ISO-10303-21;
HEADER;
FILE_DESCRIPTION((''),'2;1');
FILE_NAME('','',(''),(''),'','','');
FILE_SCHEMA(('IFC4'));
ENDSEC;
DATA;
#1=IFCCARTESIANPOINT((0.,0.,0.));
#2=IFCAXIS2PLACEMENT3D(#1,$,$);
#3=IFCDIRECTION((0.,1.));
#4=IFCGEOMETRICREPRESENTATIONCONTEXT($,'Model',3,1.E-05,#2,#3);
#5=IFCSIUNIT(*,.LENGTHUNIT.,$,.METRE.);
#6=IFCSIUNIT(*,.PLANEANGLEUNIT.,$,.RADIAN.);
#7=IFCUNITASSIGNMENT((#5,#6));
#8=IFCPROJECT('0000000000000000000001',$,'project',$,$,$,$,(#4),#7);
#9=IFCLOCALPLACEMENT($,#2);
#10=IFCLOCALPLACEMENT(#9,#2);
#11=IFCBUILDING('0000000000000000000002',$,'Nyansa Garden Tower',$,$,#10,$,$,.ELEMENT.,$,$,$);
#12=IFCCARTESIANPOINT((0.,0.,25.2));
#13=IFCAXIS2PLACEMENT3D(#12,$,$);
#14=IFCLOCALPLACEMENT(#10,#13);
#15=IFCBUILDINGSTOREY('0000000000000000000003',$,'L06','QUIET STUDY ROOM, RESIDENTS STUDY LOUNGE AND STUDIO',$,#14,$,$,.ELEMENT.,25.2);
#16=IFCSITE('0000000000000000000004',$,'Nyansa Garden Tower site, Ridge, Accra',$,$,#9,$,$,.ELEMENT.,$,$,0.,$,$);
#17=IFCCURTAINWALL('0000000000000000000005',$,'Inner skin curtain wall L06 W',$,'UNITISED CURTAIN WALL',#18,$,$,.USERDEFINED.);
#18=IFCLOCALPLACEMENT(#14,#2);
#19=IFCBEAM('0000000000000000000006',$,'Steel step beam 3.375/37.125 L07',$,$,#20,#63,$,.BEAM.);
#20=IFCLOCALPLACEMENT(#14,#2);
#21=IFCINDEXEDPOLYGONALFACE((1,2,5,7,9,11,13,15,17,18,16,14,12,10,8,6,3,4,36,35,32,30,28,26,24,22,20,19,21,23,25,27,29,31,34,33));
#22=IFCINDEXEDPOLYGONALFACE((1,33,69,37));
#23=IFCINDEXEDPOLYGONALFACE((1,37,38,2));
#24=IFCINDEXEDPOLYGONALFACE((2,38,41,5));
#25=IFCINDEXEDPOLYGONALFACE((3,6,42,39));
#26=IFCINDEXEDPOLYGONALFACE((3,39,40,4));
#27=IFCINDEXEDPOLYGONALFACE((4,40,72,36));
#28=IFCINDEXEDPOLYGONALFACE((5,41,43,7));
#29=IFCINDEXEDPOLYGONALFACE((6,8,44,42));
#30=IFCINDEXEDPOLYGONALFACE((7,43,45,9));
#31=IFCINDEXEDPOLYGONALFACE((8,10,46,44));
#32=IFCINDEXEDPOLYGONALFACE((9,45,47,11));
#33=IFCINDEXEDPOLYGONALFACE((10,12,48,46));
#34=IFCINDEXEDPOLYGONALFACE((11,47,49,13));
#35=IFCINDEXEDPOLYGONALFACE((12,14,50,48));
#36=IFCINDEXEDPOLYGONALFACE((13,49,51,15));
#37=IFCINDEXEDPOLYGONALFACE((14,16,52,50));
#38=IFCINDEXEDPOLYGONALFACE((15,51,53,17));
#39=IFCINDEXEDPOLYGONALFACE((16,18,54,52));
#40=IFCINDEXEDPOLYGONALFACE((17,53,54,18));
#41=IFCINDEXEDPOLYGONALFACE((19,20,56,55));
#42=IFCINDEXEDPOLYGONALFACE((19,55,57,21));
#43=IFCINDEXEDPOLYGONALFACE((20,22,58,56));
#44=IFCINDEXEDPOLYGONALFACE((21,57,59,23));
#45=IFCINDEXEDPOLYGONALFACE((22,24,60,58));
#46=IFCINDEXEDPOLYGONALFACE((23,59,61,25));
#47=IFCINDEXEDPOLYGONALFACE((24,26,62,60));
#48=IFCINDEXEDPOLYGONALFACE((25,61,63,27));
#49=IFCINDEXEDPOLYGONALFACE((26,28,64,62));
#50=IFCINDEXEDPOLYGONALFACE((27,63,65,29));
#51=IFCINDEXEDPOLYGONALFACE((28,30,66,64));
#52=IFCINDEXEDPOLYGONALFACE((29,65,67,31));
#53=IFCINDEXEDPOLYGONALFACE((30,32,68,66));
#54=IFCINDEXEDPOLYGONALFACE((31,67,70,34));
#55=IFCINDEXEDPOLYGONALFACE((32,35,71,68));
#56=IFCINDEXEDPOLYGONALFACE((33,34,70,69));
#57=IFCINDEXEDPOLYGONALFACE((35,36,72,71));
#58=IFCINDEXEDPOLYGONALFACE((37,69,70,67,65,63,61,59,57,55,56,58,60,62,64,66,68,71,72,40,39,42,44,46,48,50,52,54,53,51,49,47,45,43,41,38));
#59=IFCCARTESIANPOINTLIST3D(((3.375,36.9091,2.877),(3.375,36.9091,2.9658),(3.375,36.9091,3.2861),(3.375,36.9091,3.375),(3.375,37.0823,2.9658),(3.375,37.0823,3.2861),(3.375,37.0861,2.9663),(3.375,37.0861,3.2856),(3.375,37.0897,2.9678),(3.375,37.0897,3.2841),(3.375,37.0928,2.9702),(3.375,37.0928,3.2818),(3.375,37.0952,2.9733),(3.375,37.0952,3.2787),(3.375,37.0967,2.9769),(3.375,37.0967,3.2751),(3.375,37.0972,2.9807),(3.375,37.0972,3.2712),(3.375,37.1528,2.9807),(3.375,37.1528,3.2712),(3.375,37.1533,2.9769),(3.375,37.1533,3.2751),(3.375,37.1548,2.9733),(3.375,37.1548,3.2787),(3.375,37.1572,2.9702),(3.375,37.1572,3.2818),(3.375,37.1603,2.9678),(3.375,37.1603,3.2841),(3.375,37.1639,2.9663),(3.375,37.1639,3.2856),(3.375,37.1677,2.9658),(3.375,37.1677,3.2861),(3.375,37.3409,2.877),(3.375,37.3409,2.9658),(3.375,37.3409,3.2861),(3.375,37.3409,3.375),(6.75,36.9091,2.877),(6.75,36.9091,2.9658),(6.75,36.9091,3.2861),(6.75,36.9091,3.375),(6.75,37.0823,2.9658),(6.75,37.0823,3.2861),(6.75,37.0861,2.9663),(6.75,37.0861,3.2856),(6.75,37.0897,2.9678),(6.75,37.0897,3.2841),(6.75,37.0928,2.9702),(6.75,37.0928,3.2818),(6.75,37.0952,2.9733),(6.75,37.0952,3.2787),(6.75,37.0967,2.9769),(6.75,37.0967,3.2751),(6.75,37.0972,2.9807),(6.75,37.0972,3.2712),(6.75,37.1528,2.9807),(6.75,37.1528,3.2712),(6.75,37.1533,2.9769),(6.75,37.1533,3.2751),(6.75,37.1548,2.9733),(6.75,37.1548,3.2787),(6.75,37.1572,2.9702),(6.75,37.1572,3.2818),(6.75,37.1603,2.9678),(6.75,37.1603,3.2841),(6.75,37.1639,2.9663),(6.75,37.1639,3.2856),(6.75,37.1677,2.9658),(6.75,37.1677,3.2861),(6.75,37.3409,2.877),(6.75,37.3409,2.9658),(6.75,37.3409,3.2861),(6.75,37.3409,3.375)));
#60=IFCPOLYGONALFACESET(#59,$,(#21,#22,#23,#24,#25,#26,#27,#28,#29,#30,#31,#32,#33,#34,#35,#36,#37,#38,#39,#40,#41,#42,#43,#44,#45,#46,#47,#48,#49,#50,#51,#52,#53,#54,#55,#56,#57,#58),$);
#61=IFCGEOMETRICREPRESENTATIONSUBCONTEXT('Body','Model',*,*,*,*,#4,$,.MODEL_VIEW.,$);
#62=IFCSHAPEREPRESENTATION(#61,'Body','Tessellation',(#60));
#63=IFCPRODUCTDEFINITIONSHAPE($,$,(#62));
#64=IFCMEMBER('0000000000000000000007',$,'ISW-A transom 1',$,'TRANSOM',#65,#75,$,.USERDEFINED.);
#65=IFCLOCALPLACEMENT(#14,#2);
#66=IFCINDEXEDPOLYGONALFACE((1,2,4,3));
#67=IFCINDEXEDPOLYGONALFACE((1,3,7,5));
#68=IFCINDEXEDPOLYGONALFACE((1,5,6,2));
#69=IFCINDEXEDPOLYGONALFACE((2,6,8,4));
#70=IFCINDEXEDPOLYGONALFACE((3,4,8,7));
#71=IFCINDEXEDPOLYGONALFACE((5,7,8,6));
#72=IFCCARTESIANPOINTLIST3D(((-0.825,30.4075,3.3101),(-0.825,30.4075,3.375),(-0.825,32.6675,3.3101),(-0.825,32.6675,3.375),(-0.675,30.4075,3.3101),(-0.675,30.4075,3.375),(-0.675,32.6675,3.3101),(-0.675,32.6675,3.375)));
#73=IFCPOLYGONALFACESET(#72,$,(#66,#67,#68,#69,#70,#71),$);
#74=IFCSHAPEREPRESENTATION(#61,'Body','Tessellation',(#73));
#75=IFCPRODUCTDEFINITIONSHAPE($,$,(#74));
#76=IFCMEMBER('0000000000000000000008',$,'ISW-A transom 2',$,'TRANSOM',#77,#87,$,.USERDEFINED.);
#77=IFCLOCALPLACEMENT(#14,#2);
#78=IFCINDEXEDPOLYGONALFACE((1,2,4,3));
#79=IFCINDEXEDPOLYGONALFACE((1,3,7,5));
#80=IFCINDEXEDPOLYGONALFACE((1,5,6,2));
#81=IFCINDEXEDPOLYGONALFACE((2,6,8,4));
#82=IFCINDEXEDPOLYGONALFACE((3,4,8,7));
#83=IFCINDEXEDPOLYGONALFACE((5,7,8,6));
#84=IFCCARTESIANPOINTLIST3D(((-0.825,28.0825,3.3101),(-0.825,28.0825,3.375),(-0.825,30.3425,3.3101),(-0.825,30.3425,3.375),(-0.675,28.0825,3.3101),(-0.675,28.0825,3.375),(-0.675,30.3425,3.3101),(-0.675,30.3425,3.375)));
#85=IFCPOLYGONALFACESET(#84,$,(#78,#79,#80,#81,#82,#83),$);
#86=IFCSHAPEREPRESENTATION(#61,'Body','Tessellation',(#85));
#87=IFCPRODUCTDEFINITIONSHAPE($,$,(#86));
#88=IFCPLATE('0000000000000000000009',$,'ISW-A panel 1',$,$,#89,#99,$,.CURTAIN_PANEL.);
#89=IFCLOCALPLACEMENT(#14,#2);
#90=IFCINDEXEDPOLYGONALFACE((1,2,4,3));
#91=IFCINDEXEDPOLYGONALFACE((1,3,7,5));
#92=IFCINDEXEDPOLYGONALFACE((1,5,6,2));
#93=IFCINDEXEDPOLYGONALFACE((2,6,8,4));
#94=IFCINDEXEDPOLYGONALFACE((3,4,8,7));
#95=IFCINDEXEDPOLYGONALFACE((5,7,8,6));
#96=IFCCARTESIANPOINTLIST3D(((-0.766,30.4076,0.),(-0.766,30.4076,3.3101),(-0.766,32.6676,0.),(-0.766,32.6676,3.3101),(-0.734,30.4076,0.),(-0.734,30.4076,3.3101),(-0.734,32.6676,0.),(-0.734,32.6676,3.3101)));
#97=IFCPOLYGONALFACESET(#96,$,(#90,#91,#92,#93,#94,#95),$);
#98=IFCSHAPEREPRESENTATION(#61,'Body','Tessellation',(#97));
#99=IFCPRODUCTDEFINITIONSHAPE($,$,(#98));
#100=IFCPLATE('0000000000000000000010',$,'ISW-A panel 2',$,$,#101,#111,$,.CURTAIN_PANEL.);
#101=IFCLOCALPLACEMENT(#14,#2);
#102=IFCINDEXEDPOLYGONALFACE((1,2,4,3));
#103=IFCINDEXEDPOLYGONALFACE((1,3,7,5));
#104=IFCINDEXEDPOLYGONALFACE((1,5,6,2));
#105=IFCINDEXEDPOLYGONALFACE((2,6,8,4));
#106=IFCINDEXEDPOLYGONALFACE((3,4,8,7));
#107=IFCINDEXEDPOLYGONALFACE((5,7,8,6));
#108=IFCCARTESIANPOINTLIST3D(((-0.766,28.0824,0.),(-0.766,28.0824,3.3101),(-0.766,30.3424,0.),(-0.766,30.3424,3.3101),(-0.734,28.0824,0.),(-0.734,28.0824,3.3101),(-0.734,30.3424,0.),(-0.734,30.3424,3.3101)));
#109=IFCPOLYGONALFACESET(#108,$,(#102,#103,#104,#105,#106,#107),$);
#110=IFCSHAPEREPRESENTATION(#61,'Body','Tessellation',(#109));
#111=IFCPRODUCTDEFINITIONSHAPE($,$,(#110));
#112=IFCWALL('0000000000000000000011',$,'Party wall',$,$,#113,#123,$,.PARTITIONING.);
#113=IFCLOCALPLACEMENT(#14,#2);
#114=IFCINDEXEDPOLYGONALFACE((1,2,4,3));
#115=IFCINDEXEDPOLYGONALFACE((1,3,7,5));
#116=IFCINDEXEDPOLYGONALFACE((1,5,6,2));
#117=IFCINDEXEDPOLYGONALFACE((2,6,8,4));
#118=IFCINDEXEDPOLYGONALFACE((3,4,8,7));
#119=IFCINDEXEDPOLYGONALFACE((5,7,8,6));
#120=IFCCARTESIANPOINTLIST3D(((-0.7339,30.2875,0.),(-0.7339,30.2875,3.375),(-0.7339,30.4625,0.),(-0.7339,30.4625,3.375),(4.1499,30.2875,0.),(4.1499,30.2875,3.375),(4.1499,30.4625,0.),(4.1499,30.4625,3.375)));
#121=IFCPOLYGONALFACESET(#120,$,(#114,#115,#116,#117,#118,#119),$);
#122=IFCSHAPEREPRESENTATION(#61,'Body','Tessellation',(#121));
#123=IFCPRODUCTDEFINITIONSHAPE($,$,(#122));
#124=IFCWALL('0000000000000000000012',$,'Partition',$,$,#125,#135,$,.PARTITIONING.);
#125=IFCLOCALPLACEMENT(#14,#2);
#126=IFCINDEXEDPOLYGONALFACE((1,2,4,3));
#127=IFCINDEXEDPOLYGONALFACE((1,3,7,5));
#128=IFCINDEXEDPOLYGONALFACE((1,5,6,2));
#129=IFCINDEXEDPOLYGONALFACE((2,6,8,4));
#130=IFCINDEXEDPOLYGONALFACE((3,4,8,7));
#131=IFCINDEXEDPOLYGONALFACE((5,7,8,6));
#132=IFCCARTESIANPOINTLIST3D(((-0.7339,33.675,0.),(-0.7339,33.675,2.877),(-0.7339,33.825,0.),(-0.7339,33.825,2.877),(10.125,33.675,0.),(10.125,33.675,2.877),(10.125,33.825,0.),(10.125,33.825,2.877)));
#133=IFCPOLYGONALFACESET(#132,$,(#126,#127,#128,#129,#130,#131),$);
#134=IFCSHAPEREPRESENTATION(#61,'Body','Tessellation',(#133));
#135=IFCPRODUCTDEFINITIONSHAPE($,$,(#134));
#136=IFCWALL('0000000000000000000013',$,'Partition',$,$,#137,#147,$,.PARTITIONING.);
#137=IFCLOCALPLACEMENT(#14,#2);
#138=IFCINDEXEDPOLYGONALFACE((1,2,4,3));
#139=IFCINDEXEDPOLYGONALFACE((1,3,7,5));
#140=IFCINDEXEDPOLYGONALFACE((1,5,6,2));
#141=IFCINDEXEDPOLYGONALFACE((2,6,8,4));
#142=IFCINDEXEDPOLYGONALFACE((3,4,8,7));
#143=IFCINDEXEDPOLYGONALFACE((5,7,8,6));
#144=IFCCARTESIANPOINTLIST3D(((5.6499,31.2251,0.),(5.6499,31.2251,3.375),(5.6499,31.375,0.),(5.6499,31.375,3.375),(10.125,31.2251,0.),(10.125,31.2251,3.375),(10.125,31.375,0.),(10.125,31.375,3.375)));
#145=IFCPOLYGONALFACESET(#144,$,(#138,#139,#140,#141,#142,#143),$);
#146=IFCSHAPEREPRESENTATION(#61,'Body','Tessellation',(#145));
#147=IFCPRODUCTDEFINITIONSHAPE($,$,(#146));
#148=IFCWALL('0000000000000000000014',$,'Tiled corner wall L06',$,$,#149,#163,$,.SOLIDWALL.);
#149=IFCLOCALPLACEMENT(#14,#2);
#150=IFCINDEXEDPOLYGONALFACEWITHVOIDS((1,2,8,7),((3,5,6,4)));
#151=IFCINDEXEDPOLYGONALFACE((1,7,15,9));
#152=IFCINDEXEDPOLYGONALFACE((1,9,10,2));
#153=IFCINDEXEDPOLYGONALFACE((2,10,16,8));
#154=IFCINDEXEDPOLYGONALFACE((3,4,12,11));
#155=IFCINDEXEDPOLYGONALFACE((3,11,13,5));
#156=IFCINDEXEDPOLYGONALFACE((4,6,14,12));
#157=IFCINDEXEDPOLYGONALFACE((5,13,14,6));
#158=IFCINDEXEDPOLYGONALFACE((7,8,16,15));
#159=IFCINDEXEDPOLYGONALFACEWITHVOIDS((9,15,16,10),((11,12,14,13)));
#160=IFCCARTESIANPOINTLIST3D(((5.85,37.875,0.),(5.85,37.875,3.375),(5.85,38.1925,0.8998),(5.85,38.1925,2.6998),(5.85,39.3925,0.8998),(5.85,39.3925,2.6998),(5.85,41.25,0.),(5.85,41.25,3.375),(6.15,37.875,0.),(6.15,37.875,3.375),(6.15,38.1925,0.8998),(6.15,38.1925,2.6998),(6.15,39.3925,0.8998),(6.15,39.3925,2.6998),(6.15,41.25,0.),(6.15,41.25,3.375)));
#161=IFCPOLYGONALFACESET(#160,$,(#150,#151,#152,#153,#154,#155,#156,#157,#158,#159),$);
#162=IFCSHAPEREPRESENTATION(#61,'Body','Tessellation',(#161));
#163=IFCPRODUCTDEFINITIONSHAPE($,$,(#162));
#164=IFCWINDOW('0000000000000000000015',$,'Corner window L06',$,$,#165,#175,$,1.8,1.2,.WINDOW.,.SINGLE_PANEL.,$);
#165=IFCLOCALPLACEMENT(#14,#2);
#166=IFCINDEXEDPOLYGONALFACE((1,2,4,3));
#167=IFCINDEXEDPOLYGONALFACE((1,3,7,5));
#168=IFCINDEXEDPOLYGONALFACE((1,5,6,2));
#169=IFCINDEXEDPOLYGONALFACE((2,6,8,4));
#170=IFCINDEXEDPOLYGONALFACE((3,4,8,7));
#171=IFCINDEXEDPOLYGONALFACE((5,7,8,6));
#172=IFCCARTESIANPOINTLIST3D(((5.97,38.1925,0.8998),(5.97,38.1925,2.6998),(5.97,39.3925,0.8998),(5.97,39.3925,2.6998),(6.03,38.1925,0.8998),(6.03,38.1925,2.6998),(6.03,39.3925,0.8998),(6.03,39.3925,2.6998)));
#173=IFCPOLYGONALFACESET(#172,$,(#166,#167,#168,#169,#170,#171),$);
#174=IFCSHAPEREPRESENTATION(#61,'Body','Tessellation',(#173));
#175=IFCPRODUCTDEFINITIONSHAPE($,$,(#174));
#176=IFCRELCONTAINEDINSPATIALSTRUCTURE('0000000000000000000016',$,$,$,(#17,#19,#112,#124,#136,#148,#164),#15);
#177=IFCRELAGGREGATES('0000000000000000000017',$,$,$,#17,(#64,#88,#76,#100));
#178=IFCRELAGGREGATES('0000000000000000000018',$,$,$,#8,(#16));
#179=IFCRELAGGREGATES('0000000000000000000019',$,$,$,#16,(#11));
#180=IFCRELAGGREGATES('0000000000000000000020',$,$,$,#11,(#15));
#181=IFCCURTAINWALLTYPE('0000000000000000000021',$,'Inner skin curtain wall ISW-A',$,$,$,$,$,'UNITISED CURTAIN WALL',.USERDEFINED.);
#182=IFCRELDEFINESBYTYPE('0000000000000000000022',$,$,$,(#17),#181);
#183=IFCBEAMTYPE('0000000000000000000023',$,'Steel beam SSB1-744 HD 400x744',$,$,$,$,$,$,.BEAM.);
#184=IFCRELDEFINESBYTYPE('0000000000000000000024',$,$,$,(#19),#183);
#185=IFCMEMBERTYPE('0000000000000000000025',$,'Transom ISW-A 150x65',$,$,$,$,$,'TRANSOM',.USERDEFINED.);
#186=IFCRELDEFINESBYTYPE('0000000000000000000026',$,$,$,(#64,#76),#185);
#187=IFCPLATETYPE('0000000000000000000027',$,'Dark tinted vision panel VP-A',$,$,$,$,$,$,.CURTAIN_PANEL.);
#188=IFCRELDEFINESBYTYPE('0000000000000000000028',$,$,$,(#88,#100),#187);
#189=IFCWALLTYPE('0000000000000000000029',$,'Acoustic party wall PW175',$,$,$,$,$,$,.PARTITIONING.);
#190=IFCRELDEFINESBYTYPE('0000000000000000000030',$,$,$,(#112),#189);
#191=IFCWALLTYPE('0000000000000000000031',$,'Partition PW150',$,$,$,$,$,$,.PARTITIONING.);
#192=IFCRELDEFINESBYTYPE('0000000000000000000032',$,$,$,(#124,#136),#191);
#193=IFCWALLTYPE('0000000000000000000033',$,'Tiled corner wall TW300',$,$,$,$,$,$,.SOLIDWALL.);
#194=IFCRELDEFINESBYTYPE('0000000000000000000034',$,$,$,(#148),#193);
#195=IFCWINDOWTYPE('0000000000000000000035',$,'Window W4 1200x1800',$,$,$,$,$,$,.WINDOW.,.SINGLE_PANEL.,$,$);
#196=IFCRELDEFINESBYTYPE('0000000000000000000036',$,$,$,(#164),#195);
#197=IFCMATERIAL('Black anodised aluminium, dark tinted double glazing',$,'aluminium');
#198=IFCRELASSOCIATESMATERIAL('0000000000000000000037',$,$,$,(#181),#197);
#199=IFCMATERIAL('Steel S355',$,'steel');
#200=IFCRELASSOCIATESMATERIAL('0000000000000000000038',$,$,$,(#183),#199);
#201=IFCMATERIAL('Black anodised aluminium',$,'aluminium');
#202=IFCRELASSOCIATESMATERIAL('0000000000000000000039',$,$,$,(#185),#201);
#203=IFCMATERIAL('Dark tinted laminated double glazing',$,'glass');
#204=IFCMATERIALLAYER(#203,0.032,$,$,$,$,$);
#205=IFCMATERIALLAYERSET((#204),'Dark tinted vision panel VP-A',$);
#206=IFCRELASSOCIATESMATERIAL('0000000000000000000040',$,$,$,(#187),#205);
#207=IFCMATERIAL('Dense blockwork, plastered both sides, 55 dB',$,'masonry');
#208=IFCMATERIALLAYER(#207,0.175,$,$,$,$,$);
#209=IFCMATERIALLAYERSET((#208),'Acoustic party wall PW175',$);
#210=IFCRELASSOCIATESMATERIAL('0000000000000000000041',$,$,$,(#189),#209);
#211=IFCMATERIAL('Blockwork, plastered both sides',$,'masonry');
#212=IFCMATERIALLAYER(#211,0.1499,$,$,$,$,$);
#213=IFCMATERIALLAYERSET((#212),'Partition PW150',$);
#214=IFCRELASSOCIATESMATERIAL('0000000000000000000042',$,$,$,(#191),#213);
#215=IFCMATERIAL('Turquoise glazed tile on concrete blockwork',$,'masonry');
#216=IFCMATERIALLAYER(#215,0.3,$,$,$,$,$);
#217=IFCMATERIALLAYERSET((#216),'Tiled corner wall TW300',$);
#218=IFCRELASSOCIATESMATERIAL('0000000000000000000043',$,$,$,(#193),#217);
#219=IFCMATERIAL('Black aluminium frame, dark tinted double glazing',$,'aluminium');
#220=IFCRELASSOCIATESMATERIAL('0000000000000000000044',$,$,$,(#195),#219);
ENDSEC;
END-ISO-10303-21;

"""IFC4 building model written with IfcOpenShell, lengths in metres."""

from ifc_helpers import new_model, si_unit, direction, frame, frame_2d, origin, origin_2d, place, context, subcontext, project, spatial, rectangle, i_section, extrude, material, layer, layer_set, material_profile, profile_set, type_object, element, fill, aggregate, save


model = new_model("IFC4")

# Units and contexts
model_context = context("Model", 3, precision=1e-05, world=origin(), true_north=direction((0.0, 1.0)))
body_context = subcontext(model_context, "Body", "Model", "MODEL_VIEW")
ifc_project = project(units=[si_unit("LENGTHUNIT", "METRE"), si_unit("PLANEANGLEUNIT", "RADIAN")], contexts=[model_context])

# Site, building, storey
site_placement = place(None, origin())
site = spatial("IfcSite", under=ifc_project, at=site_placement, Name="Nyansa Garden Tower site, Ridge, Accra", CompositionType="ELEMENT", RefElevation=0.0)
building_placement = place(site_placement, origin())
building = spatial("IfcBuilding", under=site, at=building_placement, Name="Nyansa Garden Tower", CompositionType="ELEMENT")
storey_placement = place(building_placement, frame((0.0, 0.0, 25.2)))
storey = spatial("IfcBuildingStorey", under=building, at=storey_placement, Name="L06", Description="QUIET STUDY ROOM, RESIDENTS STUDY LOUNGE AND STUDIO", CompositionType="ELEMENT", Elevation=25.2)

# Curtain wall
ifc_material_1 = material(Name="Black anodised aluminium, dark tinted double glazing", Category="aluminium")
curtain_wall_type = type_object("IfcCurtainWallType", Name="Inner skin curtain wall ISW-A", ElementType="UNITISED CURTAIN WALL", PredefinedType="USERDEFINED", material=ifc_material_1)
curtain_wall_placement = place(storey_placement, origin())
curtain_wall = element("IfcCurtainWall", 1, at=curtain_wall_placement, inside=storey, type_object=curtain_wall_type, Name="Inner skin curtain wall L06 W", ObjectType="UNITISED CURTAIN WALL", PredefinedType="USERDEFINED")

# Beam
ifc_material_2 = material(Name="Steel S355", Category="steel")
ifc_material_profile_1 = material_profile(ifc_material_2, i_section(OverallWidth=0.4319, OverallDepth=0.498, WebThickness=0.0557, FlangeThickness=0.0889, FilletRadius=0.0149, at=origin_2d()), Name="HD 400x744")
ifc_profile_set_1 = profile_set([ifc_material_profile_1], Name="Steel S355")
beam_type_1 = type_object("IfcBeamType", Name="Steel beam SSB1-744 HD 400x744", PredefinedType="BEAM", material=ifc_profile_set_1)
for number, where, z_axis, x_axis, name in (
    (2, (3.375, 37.125, 3.126), (1.0, 0.0, 0.0), (0.0, 1.0, 0.0), "Steel step beam 3.375/37.125 L07"),
):
    element("IfcBeam", number, at=place(storey_placement, frame(where, z_axis=z_axis, x_axis=x_axis)), inside=storey, type_object=beam_type_1, Name=name, PredefinedType="BEAM", context=body_context, shape_type="SweptSolid", body=[
        extrude(i_section(OverallWidth=0.4319, OverallDepth=0.498, WebThickness=0.0557, FlangeThickness=0.0889, FilletRadius=0.0149, at=origin_2d()), origin(), (0.0, 0.0, 1.0), 3.375),
    ])

# Members
ifc_material_3 = material(Name="Black anodised aluminium", Category="aluminium")
ifc_material_profile_2 = material_profile(ifc_material_3, rectangle(XDim=0.1499, YDim=0.0649, at=origin_2d()), Name="Transom 150x65")
ifc_profile_set_2 = profile_set([ifc_material_profile_2], Name="Black anodised aluminium")
member_type_1 = type_object("IfcMemberType", Name="Transom ISW-A 150x65", ElementType="TRANSOM", PredefinedType="USERDEFINED", material=ifc_profile_set_2)
member_1_placement = place(storey_placement, frame((-0.75, 32.6675, 3.3425), z_axis=(0.0, -1.0, 0.0), x_axis=(1.0, 0.0, 0.0)))
member_1 = element("IfcMember", 3, at=member_1_placement, type_object=member_type_1, Name="ISW-A transom 1", ObjectType="TRANSOM", PredefinedType="USERDEFINED", context=body_context, shape_type="SweptSolid", body=[
    extrude(rectangle(XDim=0.1499, YDim=0.0649, at=origin_2d()), origin(), (0.0, 0.0, 1.0), 2.26),
])
member_2_placement = place(storey_placement, frame((-0.75, 30.3425, 3.3425), z_axis=(0.0, -1.0, 0.0), x_axis=(1.0, 0.0, 0.0)))
member_2 = element("IfcMember", 4, at=member_2_placement, type_object=member_type_1, Name="ISW-A transom 2", ObjectType="TRANSOM", PredefinedType="USERDEFINED", context=body_context, shape_type="SweptSolid", body=[
    extrude(rectangle(XDim=0.1499, YDim=0.0649, at=origin_2d()), origin(), (0.0, 0.0, 1.0), 2.26),
])

# Plates
ifc_material_4 = material(Name="Dark tinted laminated double glazing", Category="glass")
ifc_layer_1 = layer(ifc_material_4, 0.032)
ifc_layer_set_1 = layer_set([ifc_layer_1], Name="Dark tinted vision panel VP-A")
plate_type = type_object("IfcPlateType", Name="Dark tinted vision panel VP-A", PredefinedType="CURTAIN_PANEL", material=ifc_layer_set_1)
plate_1_placement = place(storey_placement, frame((-0.75, 31.5376, 0.0), z_axis=(0.0, 0.0, 1.0), x_axis=(0.0, -1.0, 0.0)))
plate_1 = element("IfcPlate", 5, at=plate_1_placement, type_object=plate_type, Name="ISW-A panel 1", PredefinedType="CURTAIN_PANEL", context=body_context, shape_type="SweptSolid", body=[
    extrude(rectangle(XDim=2.26, YDim=0.032, at=origin_2d()), origin(), (0.0, 0.0, 1.0), 3.3101),
])
plate_2_placement = place(storey_placement, frame((-0.75, 29.2124, 0.0), z_axis=(0.0, 0.0, 1.0), x_axis=(0.0, -1.0, 0.0)))
plate_2 = element("IfcPlate", 6, at=plate_2_placement, type_object=plate_type, Name="ISW-A panel 2", PredefinedType="CURTAIN_PANEL", context=body_context, shape_type="SweptSolid", body=[
    extrude(rectangle(XDim=2.26, YDim=0.032, at=origin_2d()), origin(), (0.0, 0.0, 1.0), 3.3101),
])
aggregate(curtain_wall, [member_1, plate_1, member_2, plate_2])

# Walls
ifc_material_5 = material(Name="Dense blockwork, plastered both sides, 55 dB", Category="masonry")
ifc_layer_2 = layer(ifc_material_5, 0.175)
ifc_layer_set_2 = layer_set([ifc_layer_2], Name="Acoustic party wall PW175")
wall_type_1 = type_object("IfcWallType", Name="Acoustic party wall PW175", PredefinedType="PARTITIONING", material=ifc_layer_set_2)
wall_1_placement = place(storey_placement, frame((-0.7339, 30.375, 0.0), z_axis=(0.0, 0.0, 1.0), x_axis=(1.0, 0.0, 0.0)))
element("IfcWall", 7, at=wall_1_placement, inside=storey, type_object=wall_type_1, Name="Party wall", PredefinedType="PARTITIONING", context=body_context, shape_type="SweptSolid", body=[
    extrude(rectangle(XDim=4.8838, YDim=0.175, at=frame_2d((2.4419, 0.0))), origin(), (0.0, 0.0, 1.0), 3.375),
])
ifc_material_6 = material(Name="Blockwork, plastered both sides", Category="masonry")
ifc_layer_3 = layer(ifc_material_6, 0.1499)
ifc_layer_set_3 = layer_set([ifc_layer_3], Name="Partition PW150")
wall_type_2 = type_object("IfcWallType", Name="Partition PW150", PredefinedType="PARTITIONING", material=ifc_layer_set_3)
wall_2_placement = place(storey_placement, frame((-0.7339, 33.75, 0.0), z_axis=(0.0, 0.0, 1.0), x_axis=(1.0, 0.0, 0.0)))
element("IfcWall", 8, at=wall_2_placement, inside=storey, type_object=wall_type_2, Name="Partition", PredefinedType="PARTITIONING", context=body_context, shape_type="SweptSolid", body=[
    extrude(rectangle(XDim=10.8589, YDim=0.1499, at=frame_2d((5.4294, 0.0))), origin(), (0.0, 0.0, 1.0), 2.877),
])
wall_3_placement = place(storey_placement, frame((5.6499, 31.3, 0.0), z_axis=(0.0, 0.0, 1.0), x_axis=(1.0, 0.0, 0.0)))
element("IfcWall", 9, at=wall_3_placement, inside=storey, type_object=wall_type_2, Name="Partition", PredefinedType="PARTITIONING", context=body_context, shape_type="SweptSolid", body=[
    extrude(rectangle(XDim=4.4751, YDim=0.1499, at=frame_2d((2.2375, 0.0))), origin(), (0.0, 0.0, 1.0), 3.375),
])

# Wall, opening, window
ifc_material_7 = material(Name="Turquoise glazed tile on concrete blockwork", Category="masonry")
ifc_layer_4 = layer(ifc_material_7, 0.3)
ifc_layer_set_4 = layer_set([ifc_layer_4], Name="Tiled corner wall TW300")
wall_type_3 = type_object("IfcWallType", Name="Tiled corner wall TW300", PredefinedType="SOLIDWALL", material=ifc_layer_set_4)
wall_4_placement = place(storey_placement, frame((6.0, 41.25, 0.0), z_axis=(0.0, 0.0, 1.0), x_axis=(0.0, -1.0, 0.0)))
wall_4 = element("IfcWall", 10, at=wall_4_placement, inside=storey, type_object=wall_type_3, Name="Tiled corner wall L06", PredefinedType="SOLIDWALL", context=body_context, shape_type="SweptSolid", body=[
    extrude(rectangle(XDim=3.375, YDim=0.3, at=frame_2d((1.6875, 0.0))), origin(), (0.0, 0.0, 1.0), 3.375),
])
opening_1_placement = place(wall_4_placement, frame((1.8574, 0.0, 0.8999)))
opening_1 = element("IfcOpeningElement", 11, at=opening_1_placement, cuts=wall_4, PredefinedType="OPENING", context=body_context, shape_type="SweptSolid", body=[
    extrude(rectangle(XDim=1.2, YDim=1.8, at=frame_2d((0.6001, 0.8999))), frame((0.0, 0.1599, 0.0), z_axis=(0.0, -1.0, 0.0), x_axis=(1.0, 0.0, 0.0)), (0.0, 0.0, 1.0), 0.3201),
])
ifc_material_8 = material(Name="Black aluminium frame, dark tinted double glazing", Category="aluminium")
window_type_1 = type_object("IfcWindowType", Name="Window W4 1200x1800", PartitioningType="SINGLE_PANEL", PredefinedType="WINDOW", material=ifc_material_8)
window_1_placement = place(opening_1_placement, origin())
window_1 = element("IfcWindow", 12, at=window_1_placement, inside=storey, type_object=window_type_1, Name="Corner window L06", OverallHeight=1.8, OverallWidth=1.2, PartitioningType="SINGLE_PANEL", PredefinedType="WINDOW", context=body_context, shape_type="SweptSolid", body=[
    extrude(rectangle(XDim=1.2, YDim=1.8, at=frame_2d((0.6001, 0.8999))), frame((0.0, 0.03, 0.0), z_axis=(0.0, -1.0, 0.0), x_axis=(1.0, 0.0, 0.0)), (0.0, 0.0, 1.0), 0.0601),
])
fill(opening_1, window_1)

save(model, "model.ifc")
